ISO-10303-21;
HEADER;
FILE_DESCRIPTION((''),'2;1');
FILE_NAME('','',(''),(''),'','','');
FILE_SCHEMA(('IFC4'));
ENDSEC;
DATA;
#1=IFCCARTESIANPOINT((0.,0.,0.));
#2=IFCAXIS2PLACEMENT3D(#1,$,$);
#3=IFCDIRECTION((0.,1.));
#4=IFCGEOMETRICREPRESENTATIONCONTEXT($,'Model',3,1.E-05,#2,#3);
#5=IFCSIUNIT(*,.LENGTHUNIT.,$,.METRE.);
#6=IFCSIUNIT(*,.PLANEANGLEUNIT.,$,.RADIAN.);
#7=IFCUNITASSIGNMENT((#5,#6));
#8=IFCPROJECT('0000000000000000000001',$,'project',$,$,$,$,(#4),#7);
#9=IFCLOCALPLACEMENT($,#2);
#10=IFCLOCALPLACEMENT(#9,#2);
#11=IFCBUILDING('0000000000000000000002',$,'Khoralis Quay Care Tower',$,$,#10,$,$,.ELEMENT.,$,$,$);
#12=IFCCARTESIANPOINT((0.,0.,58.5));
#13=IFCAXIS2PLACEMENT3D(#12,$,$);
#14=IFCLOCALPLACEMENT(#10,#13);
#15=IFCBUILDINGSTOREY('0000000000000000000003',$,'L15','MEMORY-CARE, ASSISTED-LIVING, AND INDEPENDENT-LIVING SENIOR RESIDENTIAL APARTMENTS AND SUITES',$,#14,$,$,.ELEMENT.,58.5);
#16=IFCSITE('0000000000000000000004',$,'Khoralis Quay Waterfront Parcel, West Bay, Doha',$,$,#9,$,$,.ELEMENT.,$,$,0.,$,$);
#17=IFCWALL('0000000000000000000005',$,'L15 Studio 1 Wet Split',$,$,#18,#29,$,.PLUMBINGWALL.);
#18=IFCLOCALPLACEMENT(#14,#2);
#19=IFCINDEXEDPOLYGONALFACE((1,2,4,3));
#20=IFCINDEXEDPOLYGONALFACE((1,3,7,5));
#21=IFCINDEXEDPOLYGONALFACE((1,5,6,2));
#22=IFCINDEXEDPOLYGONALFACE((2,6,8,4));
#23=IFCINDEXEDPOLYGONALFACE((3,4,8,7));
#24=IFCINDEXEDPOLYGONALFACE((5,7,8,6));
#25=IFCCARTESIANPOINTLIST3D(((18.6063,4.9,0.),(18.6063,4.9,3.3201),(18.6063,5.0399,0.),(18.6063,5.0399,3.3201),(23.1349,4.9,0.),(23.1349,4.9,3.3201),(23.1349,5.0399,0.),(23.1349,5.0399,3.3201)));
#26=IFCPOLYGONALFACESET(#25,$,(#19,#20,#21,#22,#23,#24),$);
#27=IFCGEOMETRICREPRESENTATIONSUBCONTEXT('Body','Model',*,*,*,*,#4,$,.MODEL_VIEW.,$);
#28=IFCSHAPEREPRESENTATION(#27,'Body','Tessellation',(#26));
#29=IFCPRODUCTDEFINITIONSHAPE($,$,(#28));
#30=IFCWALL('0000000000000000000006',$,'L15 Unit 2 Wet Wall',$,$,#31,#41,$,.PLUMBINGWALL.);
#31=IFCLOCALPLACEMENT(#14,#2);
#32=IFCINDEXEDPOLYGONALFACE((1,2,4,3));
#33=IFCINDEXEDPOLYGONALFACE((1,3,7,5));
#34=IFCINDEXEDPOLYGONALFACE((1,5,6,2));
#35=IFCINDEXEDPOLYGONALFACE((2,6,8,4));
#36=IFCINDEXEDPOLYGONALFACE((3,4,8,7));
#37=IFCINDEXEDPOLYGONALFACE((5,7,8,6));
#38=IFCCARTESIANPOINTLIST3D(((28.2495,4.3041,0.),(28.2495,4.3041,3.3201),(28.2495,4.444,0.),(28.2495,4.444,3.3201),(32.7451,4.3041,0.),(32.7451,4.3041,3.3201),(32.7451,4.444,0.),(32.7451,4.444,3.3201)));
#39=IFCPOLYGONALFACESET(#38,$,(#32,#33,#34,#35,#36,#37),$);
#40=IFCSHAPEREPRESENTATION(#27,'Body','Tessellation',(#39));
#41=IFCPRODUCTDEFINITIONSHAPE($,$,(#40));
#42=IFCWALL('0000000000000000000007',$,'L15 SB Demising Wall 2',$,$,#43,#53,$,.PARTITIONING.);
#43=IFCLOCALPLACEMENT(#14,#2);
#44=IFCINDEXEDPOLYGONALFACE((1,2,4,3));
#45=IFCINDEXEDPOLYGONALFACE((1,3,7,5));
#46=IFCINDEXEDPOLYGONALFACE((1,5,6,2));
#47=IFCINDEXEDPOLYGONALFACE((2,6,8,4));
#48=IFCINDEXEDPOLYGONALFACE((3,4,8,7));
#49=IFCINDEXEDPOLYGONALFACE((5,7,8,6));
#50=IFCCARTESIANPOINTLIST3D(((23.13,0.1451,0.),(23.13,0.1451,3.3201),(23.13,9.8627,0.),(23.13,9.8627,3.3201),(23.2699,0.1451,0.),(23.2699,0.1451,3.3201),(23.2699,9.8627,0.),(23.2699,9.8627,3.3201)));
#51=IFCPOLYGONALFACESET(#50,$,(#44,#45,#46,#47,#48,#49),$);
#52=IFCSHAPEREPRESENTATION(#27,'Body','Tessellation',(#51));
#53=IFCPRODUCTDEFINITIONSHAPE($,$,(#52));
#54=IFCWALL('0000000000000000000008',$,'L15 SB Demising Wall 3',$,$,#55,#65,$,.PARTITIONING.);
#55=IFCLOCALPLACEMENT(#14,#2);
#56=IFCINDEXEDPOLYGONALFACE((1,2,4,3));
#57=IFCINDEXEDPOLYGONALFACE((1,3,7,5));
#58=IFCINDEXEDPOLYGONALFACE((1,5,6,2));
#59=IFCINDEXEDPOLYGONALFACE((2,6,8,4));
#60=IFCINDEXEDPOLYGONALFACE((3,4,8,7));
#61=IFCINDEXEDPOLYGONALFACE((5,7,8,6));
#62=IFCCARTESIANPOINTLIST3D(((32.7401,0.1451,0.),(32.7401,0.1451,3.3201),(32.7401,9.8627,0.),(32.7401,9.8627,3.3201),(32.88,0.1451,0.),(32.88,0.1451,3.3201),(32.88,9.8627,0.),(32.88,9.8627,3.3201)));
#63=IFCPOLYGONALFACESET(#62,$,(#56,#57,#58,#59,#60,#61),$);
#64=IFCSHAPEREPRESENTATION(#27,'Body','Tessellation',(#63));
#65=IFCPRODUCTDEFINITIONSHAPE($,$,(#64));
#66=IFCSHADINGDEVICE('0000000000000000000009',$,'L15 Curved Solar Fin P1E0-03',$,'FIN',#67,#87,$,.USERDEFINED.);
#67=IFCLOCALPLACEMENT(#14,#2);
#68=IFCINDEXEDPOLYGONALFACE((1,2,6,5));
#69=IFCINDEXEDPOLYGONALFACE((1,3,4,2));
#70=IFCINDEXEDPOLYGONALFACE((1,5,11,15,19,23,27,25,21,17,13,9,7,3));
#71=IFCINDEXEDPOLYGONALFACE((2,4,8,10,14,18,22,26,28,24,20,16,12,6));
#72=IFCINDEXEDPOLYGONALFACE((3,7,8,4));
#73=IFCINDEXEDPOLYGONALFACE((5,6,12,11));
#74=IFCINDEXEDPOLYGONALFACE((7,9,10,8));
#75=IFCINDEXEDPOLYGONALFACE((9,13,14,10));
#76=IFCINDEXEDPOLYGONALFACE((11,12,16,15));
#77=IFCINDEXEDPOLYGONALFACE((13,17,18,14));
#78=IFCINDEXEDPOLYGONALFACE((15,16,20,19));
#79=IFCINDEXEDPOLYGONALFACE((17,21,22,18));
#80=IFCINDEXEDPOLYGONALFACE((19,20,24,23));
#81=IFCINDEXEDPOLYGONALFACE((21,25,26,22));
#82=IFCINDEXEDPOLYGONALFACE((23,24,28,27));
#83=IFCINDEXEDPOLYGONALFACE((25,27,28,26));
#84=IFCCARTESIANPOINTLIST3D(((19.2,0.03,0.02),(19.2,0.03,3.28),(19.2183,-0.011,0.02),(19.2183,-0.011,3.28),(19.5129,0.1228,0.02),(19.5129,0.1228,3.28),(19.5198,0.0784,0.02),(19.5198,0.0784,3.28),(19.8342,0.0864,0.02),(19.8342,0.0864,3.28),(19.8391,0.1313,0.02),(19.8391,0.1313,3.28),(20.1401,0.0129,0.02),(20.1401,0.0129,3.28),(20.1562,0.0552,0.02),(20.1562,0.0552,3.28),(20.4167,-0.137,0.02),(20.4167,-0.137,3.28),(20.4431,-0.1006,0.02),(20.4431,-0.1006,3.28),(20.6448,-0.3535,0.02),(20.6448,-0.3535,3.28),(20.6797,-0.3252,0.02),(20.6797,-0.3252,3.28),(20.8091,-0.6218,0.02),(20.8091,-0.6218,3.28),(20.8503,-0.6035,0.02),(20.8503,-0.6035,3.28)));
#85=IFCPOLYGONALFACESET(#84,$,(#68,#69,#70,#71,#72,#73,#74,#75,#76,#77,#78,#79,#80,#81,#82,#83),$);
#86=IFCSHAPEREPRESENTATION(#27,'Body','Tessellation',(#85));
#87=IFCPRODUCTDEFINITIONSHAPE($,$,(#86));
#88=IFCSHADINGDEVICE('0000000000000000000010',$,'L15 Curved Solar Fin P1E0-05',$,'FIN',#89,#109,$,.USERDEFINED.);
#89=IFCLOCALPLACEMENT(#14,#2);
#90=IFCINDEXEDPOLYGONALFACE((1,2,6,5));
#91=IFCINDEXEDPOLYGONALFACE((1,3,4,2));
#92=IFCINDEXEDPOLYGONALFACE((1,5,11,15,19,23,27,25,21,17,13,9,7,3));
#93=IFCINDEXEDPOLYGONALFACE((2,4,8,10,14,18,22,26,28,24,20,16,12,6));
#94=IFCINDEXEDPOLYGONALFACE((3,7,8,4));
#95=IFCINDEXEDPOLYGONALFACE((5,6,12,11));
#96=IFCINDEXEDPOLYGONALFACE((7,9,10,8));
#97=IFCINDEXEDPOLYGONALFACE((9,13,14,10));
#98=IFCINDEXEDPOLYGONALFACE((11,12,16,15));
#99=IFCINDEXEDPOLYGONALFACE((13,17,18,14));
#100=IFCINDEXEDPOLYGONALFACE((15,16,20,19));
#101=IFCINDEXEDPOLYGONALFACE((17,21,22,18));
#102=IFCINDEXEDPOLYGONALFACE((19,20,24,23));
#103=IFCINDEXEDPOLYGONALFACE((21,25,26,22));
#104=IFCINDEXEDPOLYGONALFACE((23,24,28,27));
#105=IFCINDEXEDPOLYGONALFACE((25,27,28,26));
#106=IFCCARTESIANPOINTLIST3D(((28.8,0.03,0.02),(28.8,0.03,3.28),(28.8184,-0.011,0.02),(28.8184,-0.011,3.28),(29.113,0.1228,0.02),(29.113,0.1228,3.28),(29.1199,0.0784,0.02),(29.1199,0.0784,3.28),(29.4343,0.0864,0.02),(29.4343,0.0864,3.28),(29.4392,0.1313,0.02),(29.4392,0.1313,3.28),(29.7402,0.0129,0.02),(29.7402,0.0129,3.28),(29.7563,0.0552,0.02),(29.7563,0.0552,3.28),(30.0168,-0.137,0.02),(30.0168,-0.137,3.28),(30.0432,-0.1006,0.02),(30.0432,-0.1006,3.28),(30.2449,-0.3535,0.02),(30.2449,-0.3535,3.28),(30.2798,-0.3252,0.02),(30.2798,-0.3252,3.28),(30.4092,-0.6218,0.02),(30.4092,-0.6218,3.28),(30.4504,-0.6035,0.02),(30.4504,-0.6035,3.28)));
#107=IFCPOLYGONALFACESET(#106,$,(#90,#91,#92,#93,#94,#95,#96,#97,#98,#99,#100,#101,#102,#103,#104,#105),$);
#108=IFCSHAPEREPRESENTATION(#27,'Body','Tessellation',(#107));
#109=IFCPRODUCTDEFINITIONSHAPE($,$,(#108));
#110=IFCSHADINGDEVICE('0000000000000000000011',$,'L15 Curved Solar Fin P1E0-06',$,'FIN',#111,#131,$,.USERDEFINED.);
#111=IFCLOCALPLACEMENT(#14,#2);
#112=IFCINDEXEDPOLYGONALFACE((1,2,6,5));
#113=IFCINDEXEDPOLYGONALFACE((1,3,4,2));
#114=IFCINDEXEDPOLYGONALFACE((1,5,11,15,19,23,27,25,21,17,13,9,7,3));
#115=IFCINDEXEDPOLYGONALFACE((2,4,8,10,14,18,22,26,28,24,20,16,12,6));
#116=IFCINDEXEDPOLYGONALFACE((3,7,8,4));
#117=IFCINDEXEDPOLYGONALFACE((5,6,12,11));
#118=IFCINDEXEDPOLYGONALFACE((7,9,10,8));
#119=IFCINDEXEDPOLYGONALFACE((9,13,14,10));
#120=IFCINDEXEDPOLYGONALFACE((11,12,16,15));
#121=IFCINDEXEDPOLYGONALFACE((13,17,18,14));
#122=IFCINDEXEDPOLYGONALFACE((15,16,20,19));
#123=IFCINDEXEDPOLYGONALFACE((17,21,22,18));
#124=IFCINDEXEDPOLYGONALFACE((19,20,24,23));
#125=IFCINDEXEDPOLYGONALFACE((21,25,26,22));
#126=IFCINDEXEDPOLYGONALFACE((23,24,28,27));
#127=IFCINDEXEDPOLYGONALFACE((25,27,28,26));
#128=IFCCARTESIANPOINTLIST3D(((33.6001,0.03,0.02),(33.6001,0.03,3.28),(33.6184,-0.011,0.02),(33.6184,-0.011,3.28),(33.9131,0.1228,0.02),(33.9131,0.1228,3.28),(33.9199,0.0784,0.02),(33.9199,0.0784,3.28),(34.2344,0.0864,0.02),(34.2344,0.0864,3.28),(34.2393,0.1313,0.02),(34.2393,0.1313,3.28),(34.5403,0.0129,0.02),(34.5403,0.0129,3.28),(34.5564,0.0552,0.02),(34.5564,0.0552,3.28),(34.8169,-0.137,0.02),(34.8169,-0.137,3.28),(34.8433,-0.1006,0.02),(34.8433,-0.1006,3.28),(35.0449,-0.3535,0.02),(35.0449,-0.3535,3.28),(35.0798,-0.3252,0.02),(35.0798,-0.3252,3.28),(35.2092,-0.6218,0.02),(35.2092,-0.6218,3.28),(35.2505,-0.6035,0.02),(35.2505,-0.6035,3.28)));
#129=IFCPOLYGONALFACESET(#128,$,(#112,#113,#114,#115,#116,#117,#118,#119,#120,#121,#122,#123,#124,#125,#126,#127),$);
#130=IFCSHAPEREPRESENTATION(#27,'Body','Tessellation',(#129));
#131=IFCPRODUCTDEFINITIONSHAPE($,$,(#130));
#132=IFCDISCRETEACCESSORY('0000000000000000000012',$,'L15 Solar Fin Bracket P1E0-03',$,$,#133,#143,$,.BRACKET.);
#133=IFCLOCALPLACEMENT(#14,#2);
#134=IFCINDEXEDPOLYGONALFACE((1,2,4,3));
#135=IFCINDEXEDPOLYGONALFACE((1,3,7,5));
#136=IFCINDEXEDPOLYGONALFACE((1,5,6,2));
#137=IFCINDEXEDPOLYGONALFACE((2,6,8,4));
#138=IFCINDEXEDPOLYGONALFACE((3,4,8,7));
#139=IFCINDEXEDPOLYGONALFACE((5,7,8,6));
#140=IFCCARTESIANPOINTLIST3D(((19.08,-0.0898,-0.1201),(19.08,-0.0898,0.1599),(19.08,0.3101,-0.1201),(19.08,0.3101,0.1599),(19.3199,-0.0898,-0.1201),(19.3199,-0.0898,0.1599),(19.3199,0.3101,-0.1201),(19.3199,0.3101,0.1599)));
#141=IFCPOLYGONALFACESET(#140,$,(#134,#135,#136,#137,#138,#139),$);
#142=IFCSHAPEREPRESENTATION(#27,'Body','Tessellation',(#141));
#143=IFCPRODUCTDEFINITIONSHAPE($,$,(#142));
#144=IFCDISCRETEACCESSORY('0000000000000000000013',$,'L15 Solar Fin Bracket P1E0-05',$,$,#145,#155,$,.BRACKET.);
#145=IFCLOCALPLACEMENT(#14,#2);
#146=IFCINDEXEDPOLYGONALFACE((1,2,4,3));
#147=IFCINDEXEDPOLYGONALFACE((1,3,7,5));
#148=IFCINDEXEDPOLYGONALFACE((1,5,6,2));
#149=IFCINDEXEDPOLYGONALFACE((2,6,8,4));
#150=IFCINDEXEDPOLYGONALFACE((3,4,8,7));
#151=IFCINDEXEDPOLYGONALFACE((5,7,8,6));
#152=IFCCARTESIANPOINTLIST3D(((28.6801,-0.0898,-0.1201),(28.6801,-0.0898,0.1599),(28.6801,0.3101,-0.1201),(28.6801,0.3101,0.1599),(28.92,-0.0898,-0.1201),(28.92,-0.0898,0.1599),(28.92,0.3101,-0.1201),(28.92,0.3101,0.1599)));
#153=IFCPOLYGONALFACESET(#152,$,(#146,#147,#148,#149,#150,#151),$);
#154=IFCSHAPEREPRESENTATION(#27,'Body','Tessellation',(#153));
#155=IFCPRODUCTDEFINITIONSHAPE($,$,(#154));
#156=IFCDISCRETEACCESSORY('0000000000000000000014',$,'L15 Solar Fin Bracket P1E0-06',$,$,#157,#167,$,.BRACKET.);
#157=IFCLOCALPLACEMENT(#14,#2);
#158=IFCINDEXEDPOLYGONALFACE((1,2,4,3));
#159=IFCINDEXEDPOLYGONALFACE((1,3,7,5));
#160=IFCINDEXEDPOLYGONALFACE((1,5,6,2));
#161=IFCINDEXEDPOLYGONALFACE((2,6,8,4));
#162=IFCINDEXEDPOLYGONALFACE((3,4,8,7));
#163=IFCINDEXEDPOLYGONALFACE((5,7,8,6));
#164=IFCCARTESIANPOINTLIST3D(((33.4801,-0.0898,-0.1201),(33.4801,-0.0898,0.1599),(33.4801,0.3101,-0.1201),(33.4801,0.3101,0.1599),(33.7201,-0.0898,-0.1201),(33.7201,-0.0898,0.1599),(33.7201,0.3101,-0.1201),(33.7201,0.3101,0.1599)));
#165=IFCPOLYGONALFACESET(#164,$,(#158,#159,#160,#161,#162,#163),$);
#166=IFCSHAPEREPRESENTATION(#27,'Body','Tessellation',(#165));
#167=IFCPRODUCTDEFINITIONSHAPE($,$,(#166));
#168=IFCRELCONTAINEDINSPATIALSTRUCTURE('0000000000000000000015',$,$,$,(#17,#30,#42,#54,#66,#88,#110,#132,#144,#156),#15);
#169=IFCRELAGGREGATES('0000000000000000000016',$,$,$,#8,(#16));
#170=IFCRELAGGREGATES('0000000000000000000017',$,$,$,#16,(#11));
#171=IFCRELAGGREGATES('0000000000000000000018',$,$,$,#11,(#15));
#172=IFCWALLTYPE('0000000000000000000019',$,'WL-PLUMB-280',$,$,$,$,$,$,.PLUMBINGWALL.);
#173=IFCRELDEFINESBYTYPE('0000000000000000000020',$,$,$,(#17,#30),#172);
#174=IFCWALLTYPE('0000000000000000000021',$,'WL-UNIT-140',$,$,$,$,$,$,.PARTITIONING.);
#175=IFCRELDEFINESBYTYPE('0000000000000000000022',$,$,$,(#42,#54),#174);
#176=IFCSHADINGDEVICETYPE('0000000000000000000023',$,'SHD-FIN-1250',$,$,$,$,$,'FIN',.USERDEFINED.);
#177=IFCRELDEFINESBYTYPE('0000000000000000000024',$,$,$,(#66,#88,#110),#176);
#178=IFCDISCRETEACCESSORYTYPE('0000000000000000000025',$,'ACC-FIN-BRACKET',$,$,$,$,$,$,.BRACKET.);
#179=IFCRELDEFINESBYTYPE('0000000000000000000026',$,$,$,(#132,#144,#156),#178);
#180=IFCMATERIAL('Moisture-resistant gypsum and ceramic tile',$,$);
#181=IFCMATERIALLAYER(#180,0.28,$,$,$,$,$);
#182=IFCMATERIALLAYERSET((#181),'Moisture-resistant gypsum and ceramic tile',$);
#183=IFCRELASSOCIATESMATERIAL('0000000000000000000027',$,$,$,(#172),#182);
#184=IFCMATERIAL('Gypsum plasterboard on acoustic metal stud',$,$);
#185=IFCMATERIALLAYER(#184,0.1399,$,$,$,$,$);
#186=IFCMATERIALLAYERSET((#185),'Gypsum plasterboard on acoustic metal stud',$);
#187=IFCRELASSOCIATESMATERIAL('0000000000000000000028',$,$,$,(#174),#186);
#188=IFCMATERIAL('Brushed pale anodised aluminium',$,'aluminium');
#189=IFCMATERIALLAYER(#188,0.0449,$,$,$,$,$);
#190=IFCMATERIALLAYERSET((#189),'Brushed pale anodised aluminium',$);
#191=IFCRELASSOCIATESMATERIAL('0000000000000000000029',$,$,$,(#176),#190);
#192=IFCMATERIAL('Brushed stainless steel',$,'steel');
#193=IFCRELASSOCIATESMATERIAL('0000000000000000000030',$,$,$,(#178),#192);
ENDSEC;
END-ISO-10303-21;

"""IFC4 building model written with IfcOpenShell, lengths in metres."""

from ifc_helpers import new_model, si_unit, direction, frame, frame_2d, origin, origin_2d, place, context, subcontext, project, spatial, polyline, rectangle, outline, extrude, source, transform, mapped, material, layer, layer_set, type_object, element, save


model = new_model("IFC4")

# Units and contexts
model_context = context("Model", 3, precision=1e-05, world=origin(), true_north=direction((0.0, 1.0)))
body_context = subcontext(model_context, "Body", "Model", "MODEL_VIEW")
ifc_project = project(units=[si_unit("LENGTHUNIT", "METRE"), si_unit("PLANEANGLEUNIT", "RADIAN")], contexts=[model_context])

# Site, building, storey
site_placement = place(None, origin())
site = spatial("IfcSite", under=ifc_project, at=site_placement, Name="Khoralis Quay Waterfront Parcel, West Bay, Doha", CompositionType="ELEMENT", RefElevation=0.0)
building_placement = place(site_placement, origin())
building = spatial("IfcBuilding", under=site, at=building_placement, Name="Khoralis Quay Care Tower", CompositionType="ELEMENT")
storey_placement = place(building_placement, frame((0.0, 0.0, 58.5)))
storey = spatial("IfcBuildingStorey", under=building, at=storey_placement, Name="L15", Description="MEMORY-CARE, ASSISTED-LIVING, AND INDEPENDENT-LIVING SENIOR RESIDENTIAL APARTMENTS AND SUITES", CompositionType="ELEMENT", Elevation=58.5)

# Shared definitions
ifc_material_1 = material(Name="Gypsum plasterboard on acoustic metal stud")

# Walls
ifc_material_2 = material(Name="Moisture-resistant gypsum and ceramic tile")
ifc_layer_1 = layer(ifc_material_2, 0.28)
ifc_layer_set_1 = layer_set([ifc_layer_1], Name="Moisture-resistant gypsum and ceramic tile")
wall_type_1 = type_object("IfcWallType", Name="WL-PLUMB-280", PredefinedType="PLUMBINGWALL", material=ifc_layer_set_1)
wall_1_placement = place(storey_placement, frame((18.6064, 4.97, 0.0), z_axis=(0.0, 0.0, 1.0), x_axis=(1.0, 0.0, 0.0)))
element("IfcWall", 1, at=wall_1_placement, inside=storey, type_object=wall_type_1, Name="L15 Studio 1 Wet Split", PredefinedType="PLUMBINGWALL", context=body_context, shape_type="SweptSolid", body=[
    extrude(rectangle(XDim=4.5286, YDim=0.1399, at=frame_2d((2.2642, 0.0))), origin(), (0.0, 0.0, 1.0), 3.3201),
])
wall_2_placement = place(storey_placement, frame((28.2495, 4.374, 0.0), z_axis=(0.0, 0.0, 1.0), x_axis=(1.0, 0.0, 0.0)))
element("IfcWall", 2, at=wall_2_placement, inside=storey, type_object=wall_type_1, Name="L15 Unit 2 Wet Wall", PredefinedType="PLUMBINGWALL", context=body_context, shape_type="SweptSolid", body=[
    extrude(rectangle(XDim=4.4956, YDim=0.1399, at=frame_2d((2.2478, 0.0))), origin(), (0.0, 0.0, 1.0), 3.3201),
])
ifc_layer_2 = layer(ifc_material_1, 0.1399)
ifc_layer_set_2 = layer_set([ifc_layer_2], Name="Gypsum plasterboard on acoustic metal stud")
wall_type_2 = type_object("IfcWallType", Name="WL-UNIT-140", PredefinedType="PARTITIONING", material=ifc_layer_set_2)
for number, where, z_axis, x_axis, name in (
    (3, (23.2, 0.145, 0.0), (0.0, 0.0, 1.0), (0.0, 1.0, 0.0), "L15 SB Demising Wall 2"),
    (4, (32.8101, 0.145, 0.0), (0.0, 0.0, 1.0), (0.0, 1.0, 0.0), "L15 SB Demising Wall 3"),
):
    element("IfcWall", number, at=place(storey_placement, frame(where, z_axis=z_axis, x_axis=x_axis)), inside=storey, type_object=wall_type_2, Name=name, PredefinedType="PARTITIONING", context=body_context, shape_type="SweptSolid", body=[
        extrude(rectangle(XDim=9.7175, YDim=0.1399, at=frame_2d((4.8589, 0.0))), origin(), (0.0, 0.0, 1.0), 3.3201),
    ])

# Shading devices
ifc_material_3 = material(Name="Brushed pale anodised aluminium", Category="aluminium")
ifc_layer_3 = layer(ifc_material_3, 0.0449)
ifc_layer_set_3 = layer_set([ifc_layer_3], Name="Brushed pale anodised aluminium")
shading_device_type = type_object("IfcShadingDeviceType", Name="SHD-FIN-1250", ElementType="FIN", PredefinedType="USERDEFINED", material=ifc_layer_set_3)
shared_shape_1 = source(origin(), body_context, "Body", "SweptSolid", [
    extrude(outline(polyline([(0.0, 0.0), (-0.0928, 0.313), (-0.1013, 0.6392), (-0.0251, 0.9563), (0.1306, 1.2432), (0.3552, 1.4797), (0.6335, 1.6504), (0.6519, 1.6091), (0.3835, 1.4448), (0.167, 1.2168), (0.0171, 0.9402), (-0.0564, 0.6343), (-0.0483, 0.3198), (0.041, 0.0183), (0.0, 0.0)])), origin(), (0.0, 0.0, 1.0), 3.26),
])
for number, where, z_axis, x_axis, name in (
    (5, (19.2, 0.03, 0.02), (0.0, 0.0, 1.0), (0.0, -1.0, 0.0), "L15 Curved Solar Fin P1E0-03"),
    (6, (28.8, 0.03, 0.02), (0.0, 0.0, 1.0), (0.0, -1.0, 0.0), "L15 Curved Solar Fin P1E0-05"),
    (7, (33.6001, 0.03, 0.02), (0.0, 0.0, 1.0), (0.0, -1.0, 0.0), "L15 Curved Solar Fin P1E0-06"),
):
    element("IfcShadingDevice", number, at=place(storey_placement, frame(where, z_axis=z_axis, x_axis=x_axis)), inside=storey, type_object=shading_device_type, Name=name, ObjectType="FIN", PredefinedType="USERDEFINED", context=body_context, shape_type="MappedRepresentation", body=[
        mapped(shared_shape_1, transform((0.0, 0.0, 0.0), scale=1.0)),
    ])

# Discrete accessories
ifc_material_4 = material(Name="Brushed stainless steel", Category="steel")
discrete_accessory_type = type_object("IfcDiscreteAccessoryType", Name="ACC-FIN-BRACKET", PredefinedType="BRACKET", material=ifc_material_4)
shared_shape_2 = source(origin(), body_context, "Body", "SweptSolid", [
    extrude(rectangle(XDim=0.3999, YDim=0.24, at=origin_2d()), origin(), (0.0, 0.0, 1.0), 0.28),
])
for number, where, z_axis, x_axis, name in (
    (8, (19.2, 0.1101, -0.1201), (0.0, 0.0, 1.0), (0.0, -1.0, 0.0), "L15 Solar Fin Bracket P1E0-03"),
    (9, (28.8, 0.1101, -0.1201), (0.0, 0.0, 1.0), (0.0, -1.0, 0.0), "L15 Solar Fin Bracket P1E0-05"),
    (10, (33.6001, 0.1101, -0.1201), (0.0, 0.0, 1.0), (0.0, -1.0, 0.0), "L15 Solar Fin Bracket P1E0-06"),
):
    element("IfcDiscreteAccessory", number, at=place(storey_placement, frame(where, z_axis=z_axis, x_axis=x_axis)), inside=storey, type_object=discrete_accessory_type, Name=name, PredefinedType="BRACKET", context=body_context, shape_type="MappedRepresentation", body=[
        mapped(shared_shape_2, transform((0.0, 0.0, 0.0), scale=1.0)),
    ])

save(model, "model.ifc")
